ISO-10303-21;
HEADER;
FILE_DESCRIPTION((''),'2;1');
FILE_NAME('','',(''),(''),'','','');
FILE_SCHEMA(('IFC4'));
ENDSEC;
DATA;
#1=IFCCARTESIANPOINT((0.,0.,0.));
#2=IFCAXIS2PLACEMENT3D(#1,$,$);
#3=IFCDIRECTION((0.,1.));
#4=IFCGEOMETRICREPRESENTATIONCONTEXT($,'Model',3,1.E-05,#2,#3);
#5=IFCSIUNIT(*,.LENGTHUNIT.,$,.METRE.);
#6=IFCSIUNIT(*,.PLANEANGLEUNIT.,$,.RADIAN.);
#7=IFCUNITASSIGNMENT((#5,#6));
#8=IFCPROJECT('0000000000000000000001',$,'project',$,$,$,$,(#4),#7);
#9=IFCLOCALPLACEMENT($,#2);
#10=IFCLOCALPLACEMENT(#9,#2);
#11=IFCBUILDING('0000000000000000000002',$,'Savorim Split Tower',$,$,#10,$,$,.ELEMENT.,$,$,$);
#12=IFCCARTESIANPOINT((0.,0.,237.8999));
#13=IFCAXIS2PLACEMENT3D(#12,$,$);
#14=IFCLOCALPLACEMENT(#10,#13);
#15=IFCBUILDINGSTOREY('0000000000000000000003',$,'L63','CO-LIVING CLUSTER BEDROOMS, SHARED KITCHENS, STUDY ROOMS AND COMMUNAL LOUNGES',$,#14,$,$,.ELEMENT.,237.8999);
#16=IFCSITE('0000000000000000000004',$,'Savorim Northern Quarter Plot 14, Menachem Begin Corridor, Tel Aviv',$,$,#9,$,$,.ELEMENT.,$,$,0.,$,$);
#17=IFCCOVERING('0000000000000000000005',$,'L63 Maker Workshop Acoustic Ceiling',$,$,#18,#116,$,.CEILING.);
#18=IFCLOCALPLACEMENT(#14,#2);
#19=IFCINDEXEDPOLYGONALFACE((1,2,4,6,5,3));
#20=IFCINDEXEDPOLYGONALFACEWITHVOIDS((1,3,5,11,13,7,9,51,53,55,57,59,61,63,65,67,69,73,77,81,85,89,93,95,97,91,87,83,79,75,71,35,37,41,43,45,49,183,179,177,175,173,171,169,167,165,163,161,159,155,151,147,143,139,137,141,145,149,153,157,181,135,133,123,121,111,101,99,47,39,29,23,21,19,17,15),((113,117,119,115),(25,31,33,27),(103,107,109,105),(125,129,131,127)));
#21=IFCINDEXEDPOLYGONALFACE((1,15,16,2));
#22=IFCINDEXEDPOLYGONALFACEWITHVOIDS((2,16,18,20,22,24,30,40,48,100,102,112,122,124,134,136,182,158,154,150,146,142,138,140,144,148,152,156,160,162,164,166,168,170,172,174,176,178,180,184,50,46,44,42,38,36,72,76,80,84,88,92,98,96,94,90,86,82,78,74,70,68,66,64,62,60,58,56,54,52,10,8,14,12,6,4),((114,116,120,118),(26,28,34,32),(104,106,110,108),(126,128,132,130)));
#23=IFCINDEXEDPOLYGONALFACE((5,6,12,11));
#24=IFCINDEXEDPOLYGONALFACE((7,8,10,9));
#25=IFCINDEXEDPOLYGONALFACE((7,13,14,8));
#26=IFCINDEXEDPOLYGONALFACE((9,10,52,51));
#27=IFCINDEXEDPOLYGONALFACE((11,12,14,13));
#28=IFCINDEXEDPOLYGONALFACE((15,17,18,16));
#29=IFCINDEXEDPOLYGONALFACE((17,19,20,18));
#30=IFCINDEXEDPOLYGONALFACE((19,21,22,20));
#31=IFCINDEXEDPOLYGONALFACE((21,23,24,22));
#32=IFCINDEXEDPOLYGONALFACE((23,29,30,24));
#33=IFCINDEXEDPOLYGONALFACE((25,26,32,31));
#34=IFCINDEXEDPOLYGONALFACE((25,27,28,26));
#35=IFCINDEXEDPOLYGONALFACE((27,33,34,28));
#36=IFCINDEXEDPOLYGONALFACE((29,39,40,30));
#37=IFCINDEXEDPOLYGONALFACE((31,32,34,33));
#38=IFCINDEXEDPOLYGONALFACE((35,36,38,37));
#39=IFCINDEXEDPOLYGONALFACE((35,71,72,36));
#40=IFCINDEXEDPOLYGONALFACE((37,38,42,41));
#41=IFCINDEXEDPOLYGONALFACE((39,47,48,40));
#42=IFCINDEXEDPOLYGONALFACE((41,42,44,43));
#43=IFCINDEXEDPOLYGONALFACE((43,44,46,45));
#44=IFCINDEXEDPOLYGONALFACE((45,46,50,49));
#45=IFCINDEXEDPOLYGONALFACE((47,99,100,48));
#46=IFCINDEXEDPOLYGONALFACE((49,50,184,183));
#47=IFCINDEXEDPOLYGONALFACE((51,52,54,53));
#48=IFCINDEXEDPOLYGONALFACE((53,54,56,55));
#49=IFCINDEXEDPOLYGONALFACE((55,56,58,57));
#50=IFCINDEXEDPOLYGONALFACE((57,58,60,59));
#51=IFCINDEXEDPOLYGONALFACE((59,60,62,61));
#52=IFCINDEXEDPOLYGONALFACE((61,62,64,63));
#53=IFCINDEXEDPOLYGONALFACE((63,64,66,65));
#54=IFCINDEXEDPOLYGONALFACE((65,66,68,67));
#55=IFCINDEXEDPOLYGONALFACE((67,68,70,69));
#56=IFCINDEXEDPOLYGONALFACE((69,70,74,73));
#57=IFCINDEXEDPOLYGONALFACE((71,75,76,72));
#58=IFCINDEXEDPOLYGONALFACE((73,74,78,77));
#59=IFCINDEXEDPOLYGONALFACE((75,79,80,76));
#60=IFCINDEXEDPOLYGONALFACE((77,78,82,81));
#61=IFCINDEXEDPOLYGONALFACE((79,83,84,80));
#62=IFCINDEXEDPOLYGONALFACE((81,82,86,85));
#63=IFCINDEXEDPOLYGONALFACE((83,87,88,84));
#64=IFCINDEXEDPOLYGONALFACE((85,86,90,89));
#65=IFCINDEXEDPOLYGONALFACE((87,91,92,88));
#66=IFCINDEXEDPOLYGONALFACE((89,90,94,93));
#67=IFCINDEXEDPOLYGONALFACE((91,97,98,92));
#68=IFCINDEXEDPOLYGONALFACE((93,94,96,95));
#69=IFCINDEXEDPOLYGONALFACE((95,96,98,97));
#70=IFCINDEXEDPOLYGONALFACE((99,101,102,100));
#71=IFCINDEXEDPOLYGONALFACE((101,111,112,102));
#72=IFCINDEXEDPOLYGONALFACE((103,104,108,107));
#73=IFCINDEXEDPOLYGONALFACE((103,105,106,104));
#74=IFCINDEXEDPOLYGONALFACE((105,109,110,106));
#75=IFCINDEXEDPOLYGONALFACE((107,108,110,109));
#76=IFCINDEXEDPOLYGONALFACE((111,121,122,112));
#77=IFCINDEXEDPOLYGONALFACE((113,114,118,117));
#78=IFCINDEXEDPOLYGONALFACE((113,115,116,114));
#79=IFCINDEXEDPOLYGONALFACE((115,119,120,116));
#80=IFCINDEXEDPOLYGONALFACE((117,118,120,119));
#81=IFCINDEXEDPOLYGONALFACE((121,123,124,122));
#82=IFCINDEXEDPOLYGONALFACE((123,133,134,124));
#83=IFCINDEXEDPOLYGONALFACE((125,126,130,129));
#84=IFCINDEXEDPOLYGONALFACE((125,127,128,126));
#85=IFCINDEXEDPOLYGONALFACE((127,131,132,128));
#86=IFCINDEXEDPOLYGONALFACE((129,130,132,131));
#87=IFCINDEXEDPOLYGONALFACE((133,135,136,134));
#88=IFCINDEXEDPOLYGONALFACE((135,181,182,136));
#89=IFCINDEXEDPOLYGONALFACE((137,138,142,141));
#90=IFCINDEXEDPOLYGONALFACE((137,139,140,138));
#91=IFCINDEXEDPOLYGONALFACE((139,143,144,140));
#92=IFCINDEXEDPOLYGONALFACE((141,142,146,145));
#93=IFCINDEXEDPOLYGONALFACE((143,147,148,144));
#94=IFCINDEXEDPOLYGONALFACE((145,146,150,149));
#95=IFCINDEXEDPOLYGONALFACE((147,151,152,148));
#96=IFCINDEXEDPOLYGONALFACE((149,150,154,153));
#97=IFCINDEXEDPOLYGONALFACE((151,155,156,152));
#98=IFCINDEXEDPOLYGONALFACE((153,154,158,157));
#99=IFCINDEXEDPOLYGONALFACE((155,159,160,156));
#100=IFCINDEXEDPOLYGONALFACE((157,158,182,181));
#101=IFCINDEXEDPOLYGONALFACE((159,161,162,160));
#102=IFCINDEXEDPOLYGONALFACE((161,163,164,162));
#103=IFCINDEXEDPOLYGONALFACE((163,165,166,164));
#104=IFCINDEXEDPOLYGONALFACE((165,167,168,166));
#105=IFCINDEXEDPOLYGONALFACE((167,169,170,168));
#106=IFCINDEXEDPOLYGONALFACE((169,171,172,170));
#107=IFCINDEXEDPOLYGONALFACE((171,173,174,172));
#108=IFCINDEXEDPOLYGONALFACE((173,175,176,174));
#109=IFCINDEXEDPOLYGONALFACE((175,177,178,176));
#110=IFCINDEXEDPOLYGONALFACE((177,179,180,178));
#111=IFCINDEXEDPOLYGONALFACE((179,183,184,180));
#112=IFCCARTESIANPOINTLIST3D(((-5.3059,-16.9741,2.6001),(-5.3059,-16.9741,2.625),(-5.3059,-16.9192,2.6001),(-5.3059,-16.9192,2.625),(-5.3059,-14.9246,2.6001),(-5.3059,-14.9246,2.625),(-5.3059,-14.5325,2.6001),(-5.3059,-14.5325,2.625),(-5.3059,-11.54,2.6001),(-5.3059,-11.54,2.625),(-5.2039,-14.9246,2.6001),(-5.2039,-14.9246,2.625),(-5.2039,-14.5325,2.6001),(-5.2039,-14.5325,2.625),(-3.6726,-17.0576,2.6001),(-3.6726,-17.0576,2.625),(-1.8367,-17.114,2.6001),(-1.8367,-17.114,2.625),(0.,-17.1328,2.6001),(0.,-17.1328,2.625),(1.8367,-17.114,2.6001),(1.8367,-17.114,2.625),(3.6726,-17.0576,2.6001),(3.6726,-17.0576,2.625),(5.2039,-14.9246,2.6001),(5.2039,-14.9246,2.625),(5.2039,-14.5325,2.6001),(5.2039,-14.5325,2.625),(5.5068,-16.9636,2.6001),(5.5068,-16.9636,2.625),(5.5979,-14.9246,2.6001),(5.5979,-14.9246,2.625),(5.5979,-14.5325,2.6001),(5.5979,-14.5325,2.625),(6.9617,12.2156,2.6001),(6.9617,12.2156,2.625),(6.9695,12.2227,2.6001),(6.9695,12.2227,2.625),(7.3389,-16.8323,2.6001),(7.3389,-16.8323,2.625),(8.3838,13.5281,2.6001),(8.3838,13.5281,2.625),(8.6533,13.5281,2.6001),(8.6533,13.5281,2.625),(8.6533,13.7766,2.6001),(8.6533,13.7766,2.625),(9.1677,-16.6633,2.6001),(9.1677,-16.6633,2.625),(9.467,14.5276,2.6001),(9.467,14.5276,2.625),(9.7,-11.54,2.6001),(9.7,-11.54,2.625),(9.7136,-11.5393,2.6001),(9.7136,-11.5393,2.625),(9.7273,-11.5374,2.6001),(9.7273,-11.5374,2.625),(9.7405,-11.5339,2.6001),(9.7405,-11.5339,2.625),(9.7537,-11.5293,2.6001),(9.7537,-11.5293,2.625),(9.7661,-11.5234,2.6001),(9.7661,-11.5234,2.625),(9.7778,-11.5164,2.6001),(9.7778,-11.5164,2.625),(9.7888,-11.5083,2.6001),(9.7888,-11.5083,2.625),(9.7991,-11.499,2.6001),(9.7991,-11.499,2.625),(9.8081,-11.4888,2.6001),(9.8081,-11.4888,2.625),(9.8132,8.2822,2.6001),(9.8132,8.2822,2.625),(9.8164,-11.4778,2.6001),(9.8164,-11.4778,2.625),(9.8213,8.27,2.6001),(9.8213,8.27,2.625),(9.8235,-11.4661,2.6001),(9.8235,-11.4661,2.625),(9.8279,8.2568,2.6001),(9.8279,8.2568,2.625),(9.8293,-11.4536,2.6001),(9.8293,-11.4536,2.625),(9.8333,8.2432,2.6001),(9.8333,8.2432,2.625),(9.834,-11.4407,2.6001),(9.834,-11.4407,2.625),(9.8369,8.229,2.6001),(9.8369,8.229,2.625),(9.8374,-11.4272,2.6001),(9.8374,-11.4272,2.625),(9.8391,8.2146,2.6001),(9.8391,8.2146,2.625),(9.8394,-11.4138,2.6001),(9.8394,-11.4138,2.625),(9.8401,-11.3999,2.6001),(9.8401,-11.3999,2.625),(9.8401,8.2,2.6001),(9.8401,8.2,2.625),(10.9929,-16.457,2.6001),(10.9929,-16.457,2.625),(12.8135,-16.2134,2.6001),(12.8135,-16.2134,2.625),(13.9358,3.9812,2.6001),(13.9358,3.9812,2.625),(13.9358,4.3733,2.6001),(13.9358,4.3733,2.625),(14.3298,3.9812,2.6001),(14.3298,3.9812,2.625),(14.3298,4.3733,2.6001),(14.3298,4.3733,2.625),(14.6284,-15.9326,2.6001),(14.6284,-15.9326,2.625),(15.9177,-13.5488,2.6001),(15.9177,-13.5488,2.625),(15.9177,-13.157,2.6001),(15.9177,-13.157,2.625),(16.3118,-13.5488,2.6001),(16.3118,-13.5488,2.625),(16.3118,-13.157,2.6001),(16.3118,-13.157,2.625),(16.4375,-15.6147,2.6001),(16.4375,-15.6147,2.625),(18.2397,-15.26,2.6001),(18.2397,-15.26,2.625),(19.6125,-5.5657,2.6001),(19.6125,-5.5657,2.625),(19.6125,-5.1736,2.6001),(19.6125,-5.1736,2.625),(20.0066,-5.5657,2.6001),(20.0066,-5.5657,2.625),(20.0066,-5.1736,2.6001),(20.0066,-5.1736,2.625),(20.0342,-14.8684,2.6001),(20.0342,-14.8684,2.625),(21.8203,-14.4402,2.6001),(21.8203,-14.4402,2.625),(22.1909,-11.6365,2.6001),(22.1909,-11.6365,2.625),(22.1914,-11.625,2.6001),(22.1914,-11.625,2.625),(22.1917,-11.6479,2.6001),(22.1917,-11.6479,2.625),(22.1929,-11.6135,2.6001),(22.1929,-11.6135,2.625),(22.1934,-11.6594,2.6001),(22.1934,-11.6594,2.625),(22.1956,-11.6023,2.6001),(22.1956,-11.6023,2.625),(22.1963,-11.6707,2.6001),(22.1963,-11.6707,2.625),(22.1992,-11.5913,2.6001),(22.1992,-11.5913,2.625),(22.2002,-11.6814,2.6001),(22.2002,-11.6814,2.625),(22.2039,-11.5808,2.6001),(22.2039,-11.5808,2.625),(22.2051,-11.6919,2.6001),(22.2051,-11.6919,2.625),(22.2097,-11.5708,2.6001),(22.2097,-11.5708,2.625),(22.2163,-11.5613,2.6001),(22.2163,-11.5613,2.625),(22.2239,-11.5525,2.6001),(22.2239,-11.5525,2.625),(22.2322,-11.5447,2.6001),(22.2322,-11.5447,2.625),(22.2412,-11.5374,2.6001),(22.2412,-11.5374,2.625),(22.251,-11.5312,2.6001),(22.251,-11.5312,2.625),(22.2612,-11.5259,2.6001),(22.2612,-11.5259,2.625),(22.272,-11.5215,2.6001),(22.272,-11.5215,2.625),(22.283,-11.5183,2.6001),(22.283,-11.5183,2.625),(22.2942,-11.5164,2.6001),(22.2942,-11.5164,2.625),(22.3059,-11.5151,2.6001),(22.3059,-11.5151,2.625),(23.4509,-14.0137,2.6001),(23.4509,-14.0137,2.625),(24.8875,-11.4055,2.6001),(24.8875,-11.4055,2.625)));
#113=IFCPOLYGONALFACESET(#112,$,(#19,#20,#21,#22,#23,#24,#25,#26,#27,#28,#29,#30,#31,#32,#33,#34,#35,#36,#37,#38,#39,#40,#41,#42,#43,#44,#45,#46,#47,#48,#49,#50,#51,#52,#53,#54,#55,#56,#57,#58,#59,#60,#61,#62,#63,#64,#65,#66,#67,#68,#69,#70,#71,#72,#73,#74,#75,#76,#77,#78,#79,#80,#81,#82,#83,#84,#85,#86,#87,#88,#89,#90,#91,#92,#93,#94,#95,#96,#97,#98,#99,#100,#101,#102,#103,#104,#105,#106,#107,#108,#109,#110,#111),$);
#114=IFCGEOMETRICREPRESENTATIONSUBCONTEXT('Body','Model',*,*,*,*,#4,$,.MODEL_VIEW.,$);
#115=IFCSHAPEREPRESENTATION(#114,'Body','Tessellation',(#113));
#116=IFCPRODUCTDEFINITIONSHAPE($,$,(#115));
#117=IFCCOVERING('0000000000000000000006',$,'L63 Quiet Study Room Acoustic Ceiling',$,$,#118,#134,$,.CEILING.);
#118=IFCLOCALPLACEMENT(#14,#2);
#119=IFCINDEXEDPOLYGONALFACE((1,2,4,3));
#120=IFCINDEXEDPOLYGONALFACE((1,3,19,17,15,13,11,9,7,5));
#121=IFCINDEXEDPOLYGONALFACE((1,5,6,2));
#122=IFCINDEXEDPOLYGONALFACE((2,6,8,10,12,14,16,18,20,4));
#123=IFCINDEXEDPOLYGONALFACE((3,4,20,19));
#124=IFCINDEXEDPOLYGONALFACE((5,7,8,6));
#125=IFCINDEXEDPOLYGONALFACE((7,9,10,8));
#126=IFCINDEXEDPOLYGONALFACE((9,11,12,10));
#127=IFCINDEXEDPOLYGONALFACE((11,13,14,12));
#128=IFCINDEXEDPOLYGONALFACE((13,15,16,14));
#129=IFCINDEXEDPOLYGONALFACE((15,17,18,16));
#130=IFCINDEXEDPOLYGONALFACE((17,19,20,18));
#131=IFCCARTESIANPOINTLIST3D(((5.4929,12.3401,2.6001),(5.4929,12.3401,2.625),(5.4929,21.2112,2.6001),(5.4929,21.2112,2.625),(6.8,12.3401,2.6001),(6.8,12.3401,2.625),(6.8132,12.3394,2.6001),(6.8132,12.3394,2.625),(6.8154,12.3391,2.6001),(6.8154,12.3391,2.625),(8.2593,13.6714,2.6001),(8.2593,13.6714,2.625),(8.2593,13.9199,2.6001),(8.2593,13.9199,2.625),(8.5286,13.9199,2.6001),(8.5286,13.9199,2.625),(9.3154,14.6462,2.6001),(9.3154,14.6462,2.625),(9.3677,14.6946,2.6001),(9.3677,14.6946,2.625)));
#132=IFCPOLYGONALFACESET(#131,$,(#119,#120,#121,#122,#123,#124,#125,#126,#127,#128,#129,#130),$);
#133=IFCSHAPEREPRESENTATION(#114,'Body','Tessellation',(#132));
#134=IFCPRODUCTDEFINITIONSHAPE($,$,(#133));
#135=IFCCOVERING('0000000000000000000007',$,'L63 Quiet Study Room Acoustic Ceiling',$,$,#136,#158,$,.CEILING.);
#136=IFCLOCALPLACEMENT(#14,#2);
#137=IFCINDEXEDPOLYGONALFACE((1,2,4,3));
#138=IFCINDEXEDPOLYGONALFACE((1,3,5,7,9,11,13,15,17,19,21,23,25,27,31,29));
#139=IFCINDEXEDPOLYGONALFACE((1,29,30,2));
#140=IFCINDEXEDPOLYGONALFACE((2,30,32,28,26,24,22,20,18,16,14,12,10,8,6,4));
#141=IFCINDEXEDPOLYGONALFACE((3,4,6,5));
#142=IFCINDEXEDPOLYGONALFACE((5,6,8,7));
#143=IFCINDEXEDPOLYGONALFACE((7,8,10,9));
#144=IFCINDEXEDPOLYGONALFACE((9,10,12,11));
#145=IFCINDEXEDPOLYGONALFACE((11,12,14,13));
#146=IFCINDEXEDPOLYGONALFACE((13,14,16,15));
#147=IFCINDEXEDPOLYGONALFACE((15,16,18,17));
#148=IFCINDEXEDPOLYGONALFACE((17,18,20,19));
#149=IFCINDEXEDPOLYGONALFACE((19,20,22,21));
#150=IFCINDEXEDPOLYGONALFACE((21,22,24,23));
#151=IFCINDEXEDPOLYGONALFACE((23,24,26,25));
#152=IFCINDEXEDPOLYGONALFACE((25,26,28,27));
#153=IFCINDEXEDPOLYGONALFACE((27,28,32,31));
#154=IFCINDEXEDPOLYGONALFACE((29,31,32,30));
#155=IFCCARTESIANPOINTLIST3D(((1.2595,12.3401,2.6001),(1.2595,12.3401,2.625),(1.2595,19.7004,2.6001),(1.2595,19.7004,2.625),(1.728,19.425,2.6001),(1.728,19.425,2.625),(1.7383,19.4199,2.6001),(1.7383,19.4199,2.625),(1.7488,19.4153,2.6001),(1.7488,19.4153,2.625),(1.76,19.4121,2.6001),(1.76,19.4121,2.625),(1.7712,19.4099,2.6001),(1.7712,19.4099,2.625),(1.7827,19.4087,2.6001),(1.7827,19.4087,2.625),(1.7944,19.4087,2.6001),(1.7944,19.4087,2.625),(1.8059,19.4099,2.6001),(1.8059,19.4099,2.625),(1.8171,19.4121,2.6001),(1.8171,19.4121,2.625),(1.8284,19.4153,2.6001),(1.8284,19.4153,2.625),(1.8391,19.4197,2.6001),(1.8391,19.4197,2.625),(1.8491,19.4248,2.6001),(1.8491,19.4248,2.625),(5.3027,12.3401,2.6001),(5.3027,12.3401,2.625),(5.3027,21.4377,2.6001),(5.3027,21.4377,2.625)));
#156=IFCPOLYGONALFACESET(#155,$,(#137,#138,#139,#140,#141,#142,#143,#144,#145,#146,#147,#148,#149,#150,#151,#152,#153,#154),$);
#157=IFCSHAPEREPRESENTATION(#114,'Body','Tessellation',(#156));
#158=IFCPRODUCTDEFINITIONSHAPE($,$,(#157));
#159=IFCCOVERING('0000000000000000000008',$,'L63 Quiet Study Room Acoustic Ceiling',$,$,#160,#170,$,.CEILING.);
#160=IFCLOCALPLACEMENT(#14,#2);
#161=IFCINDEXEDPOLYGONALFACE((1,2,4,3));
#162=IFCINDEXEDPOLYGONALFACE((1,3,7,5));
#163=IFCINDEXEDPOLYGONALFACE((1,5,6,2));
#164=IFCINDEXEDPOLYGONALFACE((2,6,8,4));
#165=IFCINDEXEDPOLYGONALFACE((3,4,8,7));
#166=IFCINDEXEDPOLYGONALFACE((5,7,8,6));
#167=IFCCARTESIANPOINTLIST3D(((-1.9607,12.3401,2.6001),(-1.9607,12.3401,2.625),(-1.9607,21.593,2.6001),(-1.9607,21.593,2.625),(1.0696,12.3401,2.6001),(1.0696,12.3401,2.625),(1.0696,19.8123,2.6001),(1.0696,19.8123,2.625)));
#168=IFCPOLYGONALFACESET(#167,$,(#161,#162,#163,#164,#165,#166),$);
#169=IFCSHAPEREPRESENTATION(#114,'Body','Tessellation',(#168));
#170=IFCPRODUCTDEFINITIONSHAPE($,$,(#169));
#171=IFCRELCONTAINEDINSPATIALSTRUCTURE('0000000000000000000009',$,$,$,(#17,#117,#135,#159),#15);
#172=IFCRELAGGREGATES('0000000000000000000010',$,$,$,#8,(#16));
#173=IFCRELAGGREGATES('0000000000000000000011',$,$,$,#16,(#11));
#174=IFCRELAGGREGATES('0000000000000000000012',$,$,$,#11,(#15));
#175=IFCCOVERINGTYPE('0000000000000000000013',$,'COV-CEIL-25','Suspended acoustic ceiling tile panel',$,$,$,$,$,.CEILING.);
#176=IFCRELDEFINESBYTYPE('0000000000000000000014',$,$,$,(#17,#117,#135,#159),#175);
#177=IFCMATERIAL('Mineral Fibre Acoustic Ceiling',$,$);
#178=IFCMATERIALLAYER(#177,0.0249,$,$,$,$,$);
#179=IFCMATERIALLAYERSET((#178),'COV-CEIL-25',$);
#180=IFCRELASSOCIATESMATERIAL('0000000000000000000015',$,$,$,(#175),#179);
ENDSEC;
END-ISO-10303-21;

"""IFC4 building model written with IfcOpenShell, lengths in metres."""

from ifc_helpers import new_model, si_unit, direction, frame, origin, place, context, subcontext, project, spatial, polyline, outline, extrude, material, layer, layer_set, type_object, element, save


model = new_model("IFC4")

# Units and contexts
model_context = context("Model", 3, precision=1e-05, world=origin(), true_north=direction((0.0, 1.0)))
body_context = subcontext(model_context, "Body", "Model", "MODEL_VIEW")
ifc_project = project(units=[si_unit("LENGTHUNIT", "METRE"), si_unit("PLANEANGLEUNIT", "RADIAN")], contexts=[model_context])

# Site, building, storey
site_placement = place(None, origin())
site = spatial("IfcSite", under=ifc_project, at=site_placement, Name="Savorim Northern Quarter Plot 14, Menachem Begin Corridor, Tel Aviv", CompositionType="ELEMENT", RefElevation=0.0)
building_placement = place(site_placement, origin())
building = spatial("IfcBuilding", under=site, at=building_placement, Name="Savorim Split Tower", CompositionType="ELEMENT")
storey_placement = place(building_placement, frame((0.0, 0.0, 237.8999)))
storey = spatial("IfcBuildingStorey", under=building, at=storey_placement, Name="L63", Description="CO-LIVING CLUSTER BEDROOMS, SHARED KITCHENS, STUDY ROOMS AND COMMUNAL LOUNGES", CompositionType="ELEMENT", Elevation=237.8999)

# Coverings
ifc_material_1 = material(Name="Mineral Fibre Acoustic Ceiling")
ifc_layer_1 = layer(ifc_material_1, 0.0249)
ifc_layer_set_1 = layer_set([ifc_layer_1], Name="COV-CEIL-25")
covering_type_1 = type_object("IfcCoveringType", Name="COV-CEIL-25", Description="Suspended acoustic ceiling tile panel", PredefinedType="CEILING", material=ifc_layer_set_1)
covering_1_placement = place(storey_placement, frame((0.0, 0.0, 2.6001)))
element("IfcCovering", 1, at=covering_1_placement, inside=storey, type_object=covering_type_1, Name="L63 Maker Workshop Acoustic Ceiling", PredefinedType="CEILING", context=body_context, shape_type="SweptSolid", body=[
    extrude(outline(polyline([(22.283, -11.5183), (22.2942, -11.5164), (22.3059, -11.5151), (24.8875, -11.4055), (9.467, 14.5276), (8.6533, 13.7766), (8.6533, 13.5281), (8.3838, 13.5281), (6.9695, 12.2227), (6.9617, 12.2156), (9.8132, 8.2822), (9.8213, 8.27), (9.8279, 8.2568), (9.8333, 8.2432), (9.8369, 8.229), (9.8391, 8.2146), (9.8401, 8.2), (9.8401, -11.3999), (9.8394, -11.4138), (9.8374, -11.4272), (9.834, -11.4407), (9.8293, -11.4536), (9.8235, -11.4661), (9.8164, -11.4778), (9.8081, -11.4888), (9.7991, -11.499), (9.7888, -11.5083), (9.7778, -11.5164), (9.7661, -11.5234), (9.7537, -11.5293), (9.7405, -11.5339), (9.7273, -11.5374), (9.7136, -11.5393), (9.7, -11.54), (-5.3059, -11.54), (-5.3059, -14.5325), (-5.2039, -14.5325), (-5.2039, -14.9246), (-5.3059, -14.9246), (-5.3059, -16.9192), (-5.3059, -16.9741), (-3.6726, -17.0576), (-1.8367, -17.114), (0.0, -17.1328), (1.8367, -17.114), (3.6726, -17.0576), (5.5068, -16.9636), (7.3389, -16.8323), (9.1677, -16.6633), (10.9929, -16.457), (12.8135, -16.2134), (14.6284, -15.9326), (16.4375, -15.6147), (18.2397, -15.26), (20.0342, -14.8684), (21.8203, -14.4402), (23.4509, -14.0137), (22.2051, -11.6919), (22.2002, -11.6814), (22.1963, -11.6707), (22.1934, -11.6594), (22.1917, -11.6479), (22.1909, -11.6365), (22.1914, -11.625), (22.1929, -11.6135), (22.1956, -11.6023), (22.1992, -11.5913), (22.2039, -11.5808), (22.2097, -11.5708), (22.2163, -11.5613), (22.2239, -11.5525), (22.2322, -11.5447), (22.2412, -11.5374), (22.251, -11.5312), (22.2612, -11.5259), (22.272, -11.5215), (22.283, -11.5183)]), holes=[polyline([(5.2039, -14.9246), (5.5979, -14.9246), (5.5979, -14.5325), (5.2039, -14.5325), (5.2039, -14.9246)]), polyline([(16.3118, -13.5488), (16.3118, -13.157), (15.9177, -13.157), (15.9177, -13.5488), (16.3118, -13.5488)]), polyline([(20.0066, -5.5657), (20.0066, -5.1736), (19.6125, -5.1736), (19.6125, -5.5657), (20.0066, -5.5657)]), polyline([(14.3298, 3.9812), (14.3298, 4.3733), (13.9358, 4.3733), (13.9358, 3.9812), (14.3298, 3.9812)])]), origin(), (0.0, 0.0, 1.0), 0.0249),
])
covering_2_placement = place(storey_placement, frame((0.0, 0.0, 2.6001)))
element("IfcCovering", 2, at=covering_2_placement, inside=storey, type_object=covering_type_1, Name="L63 Quiet Study Room Acoustic Ceiling", PredefinedType="CEILING", context=body_context, shape_type="SweptSolid", body=[
    extrude(outline(polyline([(8.5286, 13.9199), (9.3154, 14.6462), (9.3677, 14.6946), (5.4929, 21.2112), (5.4929, 12.3401), (6.8, 12.3401), (6.8132, 12.3394), (6.8154, 12.3391), (8.2593, 13.6714), (8.2593, 13.9199), (8.5286, 13.9199)])), origin(), (0.0, 0.0, 1.0), 0.0249),
])
covering_3_placement = place(storey_placement, frame((0.0, 0.0, 2.6001)))
element("IfcCovering", 3, at=covering_3_placement, inside=storey, type_object=covering_type_1, Name="L63 Quiet Study Room Acoustic Ceiling", PredefinedType="CEILING", context=body_context, shape_type="SweptSolid", body=[
    extrude(outline(polyline([(1.7488, 19.4153), (1.7383, 19.4199), (1.728, 19.425), (1.2595, 19.7004), (1.2595, 12.3401), (5.3027, 12.3401), (5.3027, 21.4377), (1.8491, 19.4248), (1.8391, 19.4197), (1.8284, 19.4153), (1.8171, 19.4121), (1.8059, 19.4099), (1.7944, 19.4087), (1.7827, 19.4087), (1.7712, 19.4099), (1.76, 19.4121), (1.7488, 19.4153)])), origin(), (0.0, 0.0, 1.0), 0.0249),
])
covering_4_placement = place(storey_placement, frame((0.0, 0.0, 2.6001)))
element("IfcCovering", 4, at=covering_4_placement, inside=storey, type_object=covering_type_1, Name="L63 Quiet Study Room Acoustic Ceiling", PredefinedType="CEILING", context=body_context, shape_type="SweptSolid", body=[
    extrude(outline(polyline([(-1.9607, 12.3401), (1.0696, 12.3401), (1.0696, 19.8123), (-1.9607, 21.593), (-1.9607, 12.3401)])), origin(), (0.0, 0.0, 1.0), 0.0249),
])

save(model, "model.ifc")
